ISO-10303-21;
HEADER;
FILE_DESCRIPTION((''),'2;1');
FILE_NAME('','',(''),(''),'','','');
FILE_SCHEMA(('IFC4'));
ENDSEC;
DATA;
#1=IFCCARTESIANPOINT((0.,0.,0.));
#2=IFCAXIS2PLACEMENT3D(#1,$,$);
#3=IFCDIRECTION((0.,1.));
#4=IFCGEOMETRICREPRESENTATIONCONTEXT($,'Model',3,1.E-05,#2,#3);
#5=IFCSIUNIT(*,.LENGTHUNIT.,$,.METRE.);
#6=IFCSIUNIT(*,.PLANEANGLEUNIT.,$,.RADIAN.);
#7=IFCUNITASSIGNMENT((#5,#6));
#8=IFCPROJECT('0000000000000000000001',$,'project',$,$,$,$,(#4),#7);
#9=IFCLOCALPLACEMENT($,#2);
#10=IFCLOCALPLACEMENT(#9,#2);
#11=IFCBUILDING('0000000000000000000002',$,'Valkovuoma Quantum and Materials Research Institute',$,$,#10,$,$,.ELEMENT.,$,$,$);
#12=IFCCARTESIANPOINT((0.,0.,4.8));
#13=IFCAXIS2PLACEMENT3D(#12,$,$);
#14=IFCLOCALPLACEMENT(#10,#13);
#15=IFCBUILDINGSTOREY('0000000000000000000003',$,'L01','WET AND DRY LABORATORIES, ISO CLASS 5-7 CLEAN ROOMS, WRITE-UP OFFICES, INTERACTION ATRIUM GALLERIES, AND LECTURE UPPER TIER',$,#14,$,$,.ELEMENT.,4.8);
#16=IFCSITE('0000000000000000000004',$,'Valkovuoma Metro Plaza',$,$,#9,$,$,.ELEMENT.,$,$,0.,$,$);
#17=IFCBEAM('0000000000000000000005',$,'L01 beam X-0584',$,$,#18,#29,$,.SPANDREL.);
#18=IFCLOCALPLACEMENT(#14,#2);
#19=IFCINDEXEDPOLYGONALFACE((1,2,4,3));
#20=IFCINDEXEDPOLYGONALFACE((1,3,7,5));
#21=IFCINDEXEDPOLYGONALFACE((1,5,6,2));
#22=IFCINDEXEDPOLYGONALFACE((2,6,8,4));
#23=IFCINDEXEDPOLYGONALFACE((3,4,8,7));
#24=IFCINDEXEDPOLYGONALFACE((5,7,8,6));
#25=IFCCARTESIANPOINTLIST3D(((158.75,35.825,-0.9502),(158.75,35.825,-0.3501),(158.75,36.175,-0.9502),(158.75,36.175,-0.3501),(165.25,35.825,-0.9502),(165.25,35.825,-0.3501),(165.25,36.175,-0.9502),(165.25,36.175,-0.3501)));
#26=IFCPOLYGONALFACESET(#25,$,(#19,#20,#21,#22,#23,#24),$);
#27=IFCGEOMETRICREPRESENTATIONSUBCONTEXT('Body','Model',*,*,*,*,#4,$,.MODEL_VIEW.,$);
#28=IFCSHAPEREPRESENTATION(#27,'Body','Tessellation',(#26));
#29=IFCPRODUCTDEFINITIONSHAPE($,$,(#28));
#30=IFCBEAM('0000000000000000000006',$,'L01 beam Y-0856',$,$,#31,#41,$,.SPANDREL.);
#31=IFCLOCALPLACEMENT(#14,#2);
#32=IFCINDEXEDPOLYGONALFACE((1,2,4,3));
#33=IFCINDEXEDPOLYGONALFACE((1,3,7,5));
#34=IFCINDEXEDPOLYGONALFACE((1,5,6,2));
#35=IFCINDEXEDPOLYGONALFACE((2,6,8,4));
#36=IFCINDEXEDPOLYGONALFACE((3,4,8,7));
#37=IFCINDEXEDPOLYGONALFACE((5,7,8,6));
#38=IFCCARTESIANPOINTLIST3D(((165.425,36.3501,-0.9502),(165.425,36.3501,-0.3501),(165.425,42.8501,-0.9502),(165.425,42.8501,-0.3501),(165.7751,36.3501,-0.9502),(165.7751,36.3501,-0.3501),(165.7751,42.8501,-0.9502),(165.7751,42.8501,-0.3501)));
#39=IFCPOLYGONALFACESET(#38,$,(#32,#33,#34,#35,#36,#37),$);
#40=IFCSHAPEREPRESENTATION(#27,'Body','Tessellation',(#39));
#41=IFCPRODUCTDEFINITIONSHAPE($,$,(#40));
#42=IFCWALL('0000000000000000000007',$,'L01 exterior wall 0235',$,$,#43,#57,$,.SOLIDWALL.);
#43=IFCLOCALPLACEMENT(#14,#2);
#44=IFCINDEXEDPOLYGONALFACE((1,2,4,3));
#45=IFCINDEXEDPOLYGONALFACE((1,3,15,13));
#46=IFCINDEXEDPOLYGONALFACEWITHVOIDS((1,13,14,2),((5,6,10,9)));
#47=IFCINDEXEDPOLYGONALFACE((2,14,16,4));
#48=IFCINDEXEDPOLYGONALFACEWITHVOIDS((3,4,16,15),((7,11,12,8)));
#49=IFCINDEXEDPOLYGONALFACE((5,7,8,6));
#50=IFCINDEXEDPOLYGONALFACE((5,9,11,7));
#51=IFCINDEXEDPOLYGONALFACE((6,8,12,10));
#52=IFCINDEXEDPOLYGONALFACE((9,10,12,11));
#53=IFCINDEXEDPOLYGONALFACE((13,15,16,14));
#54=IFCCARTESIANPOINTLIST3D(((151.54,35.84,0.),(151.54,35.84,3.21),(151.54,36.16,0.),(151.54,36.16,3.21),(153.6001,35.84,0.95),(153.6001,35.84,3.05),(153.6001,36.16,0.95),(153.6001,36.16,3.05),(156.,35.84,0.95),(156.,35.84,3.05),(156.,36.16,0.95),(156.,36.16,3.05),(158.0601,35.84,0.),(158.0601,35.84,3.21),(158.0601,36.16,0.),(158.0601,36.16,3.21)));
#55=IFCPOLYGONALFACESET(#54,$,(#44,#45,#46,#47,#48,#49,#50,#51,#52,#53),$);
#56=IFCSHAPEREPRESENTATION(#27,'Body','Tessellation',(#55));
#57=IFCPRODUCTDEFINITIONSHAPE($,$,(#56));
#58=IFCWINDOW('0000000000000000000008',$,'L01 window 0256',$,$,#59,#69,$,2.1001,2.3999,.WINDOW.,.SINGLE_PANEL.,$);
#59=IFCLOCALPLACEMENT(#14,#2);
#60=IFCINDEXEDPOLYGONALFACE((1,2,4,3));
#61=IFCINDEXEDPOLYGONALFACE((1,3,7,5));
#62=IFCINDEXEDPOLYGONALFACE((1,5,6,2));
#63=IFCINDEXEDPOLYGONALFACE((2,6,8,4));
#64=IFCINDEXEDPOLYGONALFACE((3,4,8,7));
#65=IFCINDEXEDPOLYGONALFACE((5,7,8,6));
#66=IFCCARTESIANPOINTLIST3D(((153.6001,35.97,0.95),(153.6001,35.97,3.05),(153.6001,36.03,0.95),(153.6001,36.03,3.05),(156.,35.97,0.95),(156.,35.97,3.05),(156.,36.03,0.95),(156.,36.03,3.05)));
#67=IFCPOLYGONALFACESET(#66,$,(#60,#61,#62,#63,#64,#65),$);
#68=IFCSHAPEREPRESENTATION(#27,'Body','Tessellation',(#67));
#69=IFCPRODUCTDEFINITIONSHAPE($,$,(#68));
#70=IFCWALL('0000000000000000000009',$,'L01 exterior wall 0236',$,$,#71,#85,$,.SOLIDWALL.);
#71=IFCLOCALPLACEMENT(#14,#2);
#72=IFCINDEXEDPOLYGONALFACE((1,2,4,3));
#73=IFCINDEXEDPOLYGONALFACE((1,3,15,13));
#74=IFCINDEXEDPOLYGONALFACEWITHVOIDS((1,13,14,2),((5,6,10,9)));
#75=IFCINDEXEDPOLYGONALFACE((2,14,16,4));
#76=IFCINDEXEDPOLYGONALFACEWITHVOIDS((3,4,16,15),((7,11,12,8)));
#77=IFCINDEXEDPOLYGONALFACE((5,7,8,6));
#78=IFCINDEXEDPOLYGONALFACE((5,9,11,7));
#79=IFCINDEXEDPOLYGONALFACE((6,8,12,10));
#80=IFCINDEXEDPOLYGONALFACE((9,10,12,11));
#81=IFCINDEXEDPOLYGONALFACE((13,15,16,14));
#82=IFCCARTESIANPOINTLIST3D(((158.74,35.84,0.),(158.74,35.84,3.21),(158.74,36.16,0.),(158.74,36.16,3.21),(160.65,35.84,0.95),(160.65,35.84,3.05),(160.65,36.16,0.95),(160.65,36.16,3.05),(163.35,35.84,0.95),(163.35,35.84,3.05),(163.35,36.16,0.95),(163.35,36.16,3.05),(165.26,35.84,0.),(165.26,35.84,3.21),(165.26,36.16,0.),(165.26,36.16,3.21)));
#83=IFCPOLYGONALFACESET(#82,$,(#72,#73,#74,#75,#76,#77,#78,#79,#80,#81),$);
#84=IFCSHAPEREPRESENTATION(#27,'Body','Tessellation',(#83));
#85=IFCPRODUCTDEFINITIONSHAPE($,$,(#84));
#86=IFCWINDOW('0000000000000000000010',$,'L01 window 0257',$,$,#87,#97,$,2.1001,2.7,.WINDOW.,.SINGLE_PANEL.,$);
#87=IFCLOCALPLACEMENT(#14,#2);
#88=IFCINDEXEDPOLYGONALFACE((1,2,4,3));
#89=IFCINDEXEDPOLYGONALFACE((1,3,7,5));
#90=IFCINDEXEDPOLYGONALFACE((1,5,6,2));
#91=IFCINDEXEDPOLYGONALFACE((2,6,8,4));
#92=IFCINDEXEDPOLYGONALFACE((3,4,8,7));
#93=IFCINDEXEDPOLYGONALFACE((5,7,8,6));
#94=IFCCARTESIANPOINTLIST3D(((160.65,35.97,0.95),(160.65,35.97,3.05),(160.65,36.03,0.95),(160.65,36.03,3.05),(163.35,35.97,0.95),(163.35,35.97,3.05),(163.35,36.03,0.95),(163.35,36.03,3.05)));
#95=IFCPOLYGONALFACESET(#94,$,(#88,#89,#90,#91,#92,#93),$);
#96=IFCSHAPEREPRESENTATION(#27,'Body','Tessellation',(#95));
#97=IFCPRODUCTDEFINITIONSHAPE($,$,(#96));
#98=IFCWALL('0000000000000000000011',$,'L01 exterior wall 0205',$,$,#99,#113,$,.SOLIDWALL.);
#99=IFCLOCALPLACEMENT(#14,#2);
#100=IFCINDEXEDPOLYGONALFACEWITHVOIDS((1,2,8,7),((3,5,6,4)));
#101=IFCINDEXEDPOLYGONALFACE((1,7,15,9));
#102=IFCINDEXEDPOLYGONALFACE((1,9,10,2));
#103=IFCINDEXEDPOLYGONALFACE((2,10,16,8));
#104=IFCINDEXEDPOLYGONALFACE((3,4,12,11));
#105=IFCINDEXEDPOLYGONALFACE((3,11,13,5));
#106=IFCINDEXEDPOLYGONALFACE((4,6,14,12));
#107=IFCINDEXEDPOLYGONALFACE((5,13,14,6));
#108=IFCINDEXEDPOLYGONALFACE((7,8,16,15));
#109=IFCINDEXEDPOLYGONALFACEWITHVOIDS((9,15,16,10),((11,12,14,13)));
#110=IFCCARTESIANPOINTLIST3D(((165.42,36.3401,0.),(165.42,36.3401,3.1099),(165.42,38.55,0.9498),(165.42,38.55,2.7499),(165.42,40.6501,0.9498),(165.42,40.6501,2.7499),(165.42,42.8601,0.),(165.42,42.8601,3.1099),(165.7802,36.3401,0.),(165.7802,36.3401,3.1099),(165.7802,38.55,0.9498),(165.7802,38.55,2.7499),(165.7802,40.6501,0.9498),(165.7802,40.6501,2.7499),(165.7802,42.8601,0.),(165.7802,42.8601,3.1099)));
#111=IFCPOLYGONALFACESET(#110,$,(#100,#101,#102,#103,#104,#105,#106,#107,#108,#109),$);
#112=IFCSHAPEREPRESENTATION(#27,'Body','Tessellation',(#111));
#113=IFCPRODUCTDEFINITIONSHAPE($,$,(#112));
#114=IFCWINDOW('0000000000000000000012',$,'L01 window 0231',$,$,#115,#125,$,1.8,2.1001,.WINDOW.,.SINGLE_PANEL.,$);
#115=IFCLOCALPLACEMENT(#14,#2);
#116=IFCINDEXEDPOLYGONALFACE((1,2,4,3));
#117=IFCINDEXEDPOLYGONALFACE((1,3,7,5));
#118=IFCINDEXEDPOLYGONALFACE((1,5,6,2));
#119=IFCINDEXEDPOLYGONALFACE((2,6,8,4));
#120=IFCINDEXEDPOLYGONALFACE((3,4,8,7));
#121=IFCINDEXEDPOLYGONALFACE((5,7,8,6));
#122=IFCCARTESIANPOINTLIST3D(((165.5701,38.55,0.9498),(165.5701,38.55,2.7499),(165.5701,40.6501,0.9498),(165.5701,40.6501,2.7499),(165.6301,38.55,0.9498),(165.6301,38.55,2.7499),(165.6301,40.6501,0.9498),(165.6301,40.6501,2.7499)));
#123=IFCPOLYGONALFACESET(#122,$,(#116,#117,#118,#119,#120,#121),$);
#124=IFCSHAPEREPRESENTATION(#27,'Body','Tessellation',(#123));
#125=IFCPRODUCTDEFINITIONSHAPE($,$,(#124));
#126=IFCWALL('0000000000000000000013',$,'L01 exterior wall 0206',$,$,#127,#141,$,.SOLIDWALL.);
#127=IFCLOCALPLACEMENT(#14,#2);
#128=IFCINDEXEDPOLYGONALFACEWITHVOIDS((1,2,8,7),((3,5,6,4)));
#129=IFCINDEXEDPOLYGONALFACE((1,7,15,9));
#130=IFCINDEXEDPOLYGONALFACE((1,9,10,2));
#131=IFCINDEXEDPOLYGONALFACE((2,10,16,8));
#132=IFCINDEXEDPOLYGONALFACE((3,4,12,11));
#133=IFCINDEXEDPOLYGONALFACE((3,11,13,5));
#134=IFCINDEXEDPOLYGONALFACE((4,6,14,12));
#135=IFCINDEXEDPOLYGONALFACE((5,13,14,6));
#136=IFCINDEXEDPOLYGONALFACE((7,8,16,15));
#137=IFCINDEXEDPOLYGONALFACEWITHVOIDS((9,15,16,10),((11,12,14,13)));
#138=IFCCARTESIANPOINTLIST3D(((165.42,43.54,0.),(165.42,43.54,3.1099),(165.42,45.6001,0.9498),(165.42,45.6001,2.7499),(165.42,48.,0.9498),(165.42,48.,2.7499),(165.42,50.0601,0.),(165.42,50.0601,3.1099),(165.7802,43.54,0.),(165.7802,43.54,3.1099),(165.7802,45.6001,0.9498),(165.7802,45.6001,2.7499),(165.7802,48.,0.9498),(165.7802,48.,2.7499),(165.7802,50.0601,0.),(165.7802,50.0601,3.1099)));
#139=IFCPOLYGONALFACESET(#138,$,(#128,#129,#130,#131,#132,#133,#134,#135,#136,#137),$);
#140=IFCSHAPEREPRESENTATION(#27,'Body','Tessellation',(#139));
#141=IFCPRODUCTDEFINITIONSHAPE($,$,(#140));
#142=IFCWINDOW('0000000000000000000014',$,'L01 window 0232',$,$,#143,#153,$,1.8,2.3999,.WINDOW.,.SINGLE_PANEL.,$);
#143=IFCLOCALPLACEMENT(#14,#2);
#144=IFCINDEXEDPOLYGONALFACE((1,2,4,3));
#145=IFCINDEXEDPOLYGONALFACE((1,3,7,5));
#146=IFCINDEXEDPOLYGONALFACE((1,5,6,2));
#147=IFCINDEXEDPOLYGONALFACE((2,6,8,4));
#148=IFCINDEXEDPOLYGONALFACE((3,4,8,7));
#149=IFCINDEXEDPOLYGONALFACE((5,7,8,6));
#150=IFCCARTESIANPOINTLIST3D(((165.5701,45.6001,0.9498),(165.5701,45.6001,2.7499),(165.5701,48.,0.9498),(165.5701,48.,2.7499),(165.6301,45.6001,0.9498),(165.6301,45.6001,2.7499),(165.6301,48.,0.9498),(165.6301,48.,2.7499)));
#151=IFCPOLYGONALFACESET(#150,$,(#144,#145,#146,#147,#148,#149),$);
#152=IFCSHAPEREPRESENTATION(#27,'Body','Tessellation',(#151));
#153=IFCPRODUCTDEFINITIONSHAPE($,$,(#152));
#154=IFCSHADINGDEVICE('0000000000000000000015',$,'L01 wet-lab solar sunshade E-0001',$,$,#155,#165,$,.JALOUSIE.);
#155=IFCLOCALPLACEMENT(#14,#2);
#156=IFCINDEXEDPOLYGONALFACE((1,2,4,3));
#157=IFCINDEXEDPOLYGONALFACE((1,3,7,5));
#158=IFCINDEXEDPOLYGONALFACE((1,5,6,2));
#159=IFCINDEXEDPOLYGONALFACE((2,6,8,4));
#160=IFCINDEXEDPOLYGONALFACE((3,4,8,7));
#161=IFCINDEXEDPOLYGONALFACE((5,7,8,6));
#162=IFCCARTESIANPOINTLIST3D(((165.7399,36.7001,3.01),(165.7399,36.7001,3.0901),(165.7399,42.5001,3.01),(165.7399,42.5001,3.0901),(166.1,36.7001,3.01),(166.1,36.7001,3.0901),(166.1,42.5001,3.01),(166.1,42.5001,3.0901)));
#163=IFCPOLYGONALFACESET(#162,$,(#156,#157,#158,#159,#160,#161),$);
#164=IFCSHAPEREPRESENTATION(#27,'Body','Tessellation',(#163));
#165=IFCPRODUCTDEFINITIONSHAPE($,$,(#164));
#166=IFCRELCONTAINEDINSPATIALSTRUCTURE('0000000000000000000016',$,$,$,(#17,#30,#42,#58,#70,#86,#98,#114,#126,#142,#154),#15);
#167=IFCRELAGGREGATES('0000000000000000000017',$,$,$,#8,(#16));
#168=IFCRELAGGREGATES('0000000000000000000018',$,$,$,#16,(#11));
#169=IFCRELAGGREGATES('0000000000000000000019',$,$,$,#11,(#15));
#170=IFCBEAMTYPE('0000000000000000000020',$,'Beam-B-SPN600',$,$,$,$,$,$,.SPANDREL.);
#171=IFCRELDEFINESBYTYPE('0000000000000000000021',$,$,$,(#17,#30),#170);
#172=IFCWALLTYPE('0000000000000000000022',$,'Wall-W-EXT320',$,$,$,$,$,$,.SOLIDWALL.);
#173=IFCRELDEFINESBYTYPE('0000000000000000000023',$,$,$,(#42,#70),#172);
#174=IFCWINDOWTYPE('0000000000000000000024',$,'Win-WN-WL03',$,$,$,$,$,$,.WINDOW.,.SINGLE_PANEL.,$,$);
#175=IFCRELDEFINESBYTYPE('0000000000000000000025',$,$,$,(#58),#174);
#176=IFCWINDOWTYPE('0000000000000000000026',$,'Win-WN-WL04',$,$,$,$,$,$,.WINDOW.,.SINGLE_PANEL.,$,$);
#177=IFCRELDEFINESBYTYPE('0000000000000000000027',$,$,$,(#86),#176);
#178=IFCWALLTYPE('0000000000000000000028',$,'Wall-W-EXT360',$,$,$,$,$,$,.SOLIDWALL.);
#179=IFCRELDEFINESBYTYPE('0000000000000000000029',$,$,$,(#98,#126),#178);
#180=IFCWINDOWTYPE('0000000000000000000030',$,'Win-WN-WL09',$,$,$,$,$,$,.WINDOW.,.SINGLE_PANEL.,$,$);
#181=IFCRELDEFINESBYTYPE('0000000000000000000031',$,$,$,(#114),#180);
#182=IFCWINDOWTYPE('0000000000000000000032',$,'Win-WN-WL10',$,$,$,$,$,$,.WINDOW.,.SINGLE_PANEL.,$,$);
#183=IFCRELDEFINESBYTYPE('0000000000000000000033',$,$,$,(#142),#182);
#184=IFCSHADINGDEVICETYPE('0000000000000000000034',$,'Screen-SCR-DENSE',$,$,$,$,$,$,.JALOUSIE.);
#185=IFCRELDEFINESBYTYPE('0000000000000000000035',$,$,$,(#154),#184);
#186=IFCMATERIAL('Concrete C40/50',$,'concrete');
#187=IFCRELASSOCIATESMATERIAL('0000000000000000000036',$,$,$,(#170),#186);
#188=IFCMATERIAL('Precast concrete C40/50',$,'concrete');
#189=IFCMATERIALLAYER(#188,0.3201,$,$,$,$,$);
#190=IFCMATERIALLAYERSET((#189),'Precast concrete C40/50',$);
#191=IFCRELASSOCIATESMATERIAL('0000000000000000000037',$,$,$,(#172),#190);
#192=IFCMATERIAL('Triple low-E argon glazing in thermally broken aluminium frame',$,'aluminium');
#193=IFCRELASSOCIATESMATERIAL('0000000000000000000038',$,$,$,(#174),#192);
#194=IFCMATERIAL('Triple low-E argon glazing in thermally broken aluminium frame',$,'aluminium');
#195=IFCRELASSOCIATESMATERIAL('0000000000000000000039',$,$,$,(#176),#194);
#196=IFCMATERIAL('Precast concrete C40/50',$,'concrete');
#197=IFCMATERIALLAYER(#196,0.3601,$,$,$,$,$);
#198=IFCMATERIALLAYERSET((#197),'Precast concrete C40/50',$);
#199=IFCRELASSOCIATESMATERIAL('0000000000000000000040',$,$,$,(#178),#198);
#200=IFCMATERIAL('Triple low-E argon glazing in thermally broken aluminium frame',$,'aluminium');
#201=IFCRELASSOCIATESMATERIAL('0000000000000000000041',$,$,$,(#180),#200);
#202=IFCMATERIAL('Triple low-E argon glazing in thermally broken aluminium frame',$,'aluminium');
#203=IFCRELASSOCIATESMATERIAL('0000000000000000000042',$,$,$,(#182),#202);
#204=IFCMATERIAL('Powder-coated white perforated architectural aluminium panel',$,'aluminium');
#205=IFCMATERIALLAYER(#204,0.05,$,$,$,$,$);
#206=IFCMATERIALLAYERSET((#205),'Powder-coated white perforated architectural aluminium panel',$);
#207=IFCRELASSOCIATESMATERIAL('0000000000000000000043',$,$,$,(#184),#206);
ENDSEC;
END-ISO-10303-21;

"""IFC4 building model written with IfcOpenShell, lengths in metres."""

from ifc_helpers import new_model, si_unit, direction, frame, frame_2d, origin, origin_2d, place, context, subcontext, project, spatial, rectangle, extrude, material, layer, layer_set, material_profile, profile_set, type_object, element, fill, save


model = new_model("IFC4")

# Units and contexts
model_context = context("Model", 3, precision=1e-05, world=origin(), true_north=direction((0.0, 1.0)))
body_context = subcontext(model_context, "Body", "Model", "MODEL_VIEW")
ifc_project = project(units=[si_unit("LENGTHUNIT", "METRE"), si_unit("PLANEANGLEUNIT", "RADIAN")], contexts=[model_context])

# Site, building, storey
site_placement = place(None, origin())
site = spatial("IfcSite", under=ifc_project, at=site_placement, Name="Valkovuoma Metro Plaza", CompositionType="ELEMENT", RefElevation=0.0)
building_placement = place(site_placement, origin())
building = spatial("IfcBuilding", under=site, at=building_placement, Name="Valkovuoma Quantum and Materials Research Institute", CompositionType="ELEMENT")
storey_placement = place(building_placement, frame((0.0, 0.0, 4.8)))
storey = spatial("IfcBuildingStorey", under=building, at=storey_placement, Name="L01", Description="WET AND DRY LABORATORIES, ISO CLASS 5-7 CLEAN ROOMS, WRITE-UP OFFICES, INTERACTION ATRIUM GALLERIES, AND LECTURE UPPER TIER", CompositionType="ELEMENT", Elevation=4.8)

# Beams
ifc_material_1 = material(Name="Concrete C40/50", Category="concrete")
ifc_material_profile_1 = material_profile(ifc_material_1, rectangle(XDim=0.3501, YDim=0.6001, at=origin_2d()), Name="Concrete C40/50")
ifc_profile_set_1 = profile_set([ifc_material_profile_1], Name="Concrete C40/50")
beam_type_1 = type_object("IfcBeamType", Name="Beam-B-SPN600", PredefinedType="SPANDREL", material=ifc_profile_set_1)
for number, where, z_axis, x_axis, name in (
    (1, (158.75, 36.0, -0.6501), (1.0, 0.0, 0.0), (0.0, 1.0, 0.0), "L01 beam X-0584"),
    (2, (165.6001, 36.3501, -0.6501), (0.0, 1.0, 0.0), (-1.0, 0.0, 0.0), "L01 beam Y-0856"),
):
    element("IfcBeam", number, at=place(storey_placement, frame(where, z_axis=z_axis, x_axis=x_axis)), inside=storey, type_object=beam_type_1, Name=name, PredefinedType="SPANDREL", context=body_context, shape_type="SweptSolid", body=[
        extrude(rectangle(XDim=0.3501, YDim=0.6001, at=origin_2d()), origin(), (0.0, 0.0, 1.0), 6.5),
    ])

# Walls, openings, windows
ifc_material_2 = material(Name="Precast concrete C40/50", Category="concrete")
ifc_layer_1 = layer(ifc_material_2, 0.3201)
ifc_layer_set_1 = layer_set([ifc_layer_1], Name="Precast concrete C40/50")
wall_type_1 = type_object("IfcWallType", Name="Wall-W-EXT320", PredefinedType="SOLIDWALL", material=ifc_layer_set_1)
wall_1_placement = place(storey_placement, frame((151.54, 36.0, 0.0), z_axis=(0.0, 0.0, 1.0), x_axis=(1.0, 0.0, 0.0)))
wall_1 = element("IfcWall", 3, at=wall_1_placement, inside=storey, type_object=wall_type_1, Name="L01 exterior wall 0235", PredefinedType="SOLIDWALL", context=body_context, shape_type="SweptSolid", body=[
    extrude(rectangle(XDim=6.52, YDim=0.3201, at=frame_2d((3.26, 0.0))), origin(), (0.0, 0.0, 1.0), 3.21),
])
opening_1_placement = place(wall_1_placement, frame((2.0601, 0.0, 0.95)))
opening_1 = element("IfcOpeningElement", 4, at=opening_1_placement, cuts=wall_1, PredefinedType="OPENING", context=body_context, shape_type="SweptSolid", body=[
    extrude(rectangle(XDim=2.3999, YDim=2.1001, at=frame_2d((1.2, 1.05))), frame((0.0, 0.1699, 0.0), z_axis=(0.0, -1.0, 0.0), x_axis=(1.0, 0.0, 0.0)), (0.0, 0.0, 1.0), 0.3401),
])
ifc_material_3 = material(Name="Triple low-E argon glazing in thermally broken aluminium frame", Category="aluminium")
window_type_1 = type_object("IfcWindowType", Name="Win-WN-WL03", PartitioningType="SINGLE_PANEL", PredefinedType="WINDOW", material=ifc_material_3)
window_1_placement = place(opening_1_placement, origin())
window_1 = element("IfcWindow", 5, at=window_1_placement, inside=storey, type_object=window_type_1, Name="L01 window 0256", OverallHeight=2.1001, OverallWidth=2.3999, PartitioningType="SINGLE_PANEL", PredefinedType="WINDOW", context=body_context, shape_type="SweptSolid", body=[
    extrude(rectangle(XDim=2.3999, YDim=2.1001, at=frame_2d((1.2, 1.05))), frame((0.0, 0.03, 0.0), z_axis=(0.0, -1.0, 0.0), x_axis=(1.0, 0.0, 0.0)), (0.0, 0.0, 1.0), 0.0601),
])
fill(opening_1, window_1)
wall_2_placement = place(storey_placement, frame((158.74, 36.0, 0.0), z_axis=(0.0, 0.0, 1.0), x_axis=(1.0, 0.0, 0.0)))
wall_2 = element("IfcWall", 6, at=wall_2_placement, inside=storey, type_object=wall_type_1, Name="L01 exterior wall 0236", PredefinedType="SOLIDWALL", context=body_context, shape_type="SweptSolid", body=[
    extrude(rectangle(XDim=6.52, YDim=0.3201, at=frame_2d((3.26, 0.0))), origin(), (0.0, 0.0, 1.0), 3.21),
])
opening_2_placement = place(wall_2_placement, frame((1.9099, 0.0, 0.95)))
opening_2 = element("IfcOpeningElement", 7, at=opening_2_placement, cuts=wall_2, PredefinedType="OPENING", context=body_context, shape_type="SweptSolid", body=[
    extrude(rectangle(XDim=2.7, YDim=2.1001, at=frame_2d((1.3501, 1.05))), frame((0.0, 0.1699, 0.0), z_axis=(0.0, -1.0, 0.0), x_axis=(1.0, 0.0, 0.0)), (0.0, 0.0, 1.0), 0.3401),
])
ifc_material_4 = material(Name="Triple low-E argon glazing in thermally broken aluminium frame", Category="aluminium")
window_type_2 = type_object("IfcWindowType", Name="Win-WN-WL04", PartitioningType="SINGLE_PANEL", PredefinedType="WINDOW", material=ifc_material_4)
window_2_placement = place(opening_2_placement, origin())
window_2 = element("IfcWindow", 8, at=window_2_placement, inside=storey, type_object=window_type_2, Name="L01 window 0257", OverallHeight=2.1001, OverallWidth=2.7, PartitioningType="SINGLE_PANEL", PredefinedType="WINDOW", context=body_context, shape_type="SweptSolid", body=[
    extrude(rectangle(XDim=2.7, YDim=2.1001, at=frame_2d((1.3501, 1.05))), frame((0.0, 0.03, 0.0), z_axis=(0.0, -1.0, 0.0), x_axis=(1.0, 0.0, 0.0)), (0.0, 0.0, 1.0), 0.0601),
])
fill(opening_2, window_2)
ifc_material_5 = material(Name="Precast concrete C40/50", Category="concrete")
ifc_layer_2 = layer(ifc_material_5, 0.3601)
ifc_layer_set_2 = layer_set([ifc_layer_2], Name="Precast concrete C40/50")
wall_type_2 = type_object("IfcWallType", Name="Wall-W-EXT360", PredefinedType="SOLIDWALL", material=ifc_layer_set_2)
wall_3_placement = place(storey_placement, frame((165.6001, 36.3401, 0.0), z_axis=(0.0, 0.0, 1.0), x_axis=(0.0, 1.0, 0.0)))
wall_3 = element("IfcWall", 9, at=wall_3_placement, inside=storey, type_object=wall_type_2, Name="L01 exterior wall 0205", PredefinedType="SOLIDWALL", context=body_context, shape_type="SweptSolid", body=[
    extrude(rectangle(XDim=6.52, YDim=0.3601, at=frame_2d((3.26, 0.0))), origin(), (0.0, 0.0, 1.0), 3.1099),
])
opening_3_placement = place(wall_3_placement, frame((2.21, 0.0, 0.95)))
opening_3 = element("IfcOpeningElement", 10, at=opening_3_placement, cuts=wall_3, PredefinedType="OPENING", context=body_context, shape_type="SweptSolid", body=[
    extrude(rectangle(XDim=2.1001, YDim=1.8, at=frame_2d((1.05, 0.8999))), frame((0.0, 0.1899, 0.0), z_axis=(0.0, -1.0, 0.0), x_axis=(1.0, 0.0, 0.0)), (0.0, 0.0, 1.0), 0.3801),
])
ifc_material_6 = material(Name="Triple low-E argon glazing in thermally broken aluminium frame", Category="aluminium")
window_type_3 = type_object("IfcWindowType", Name="Win-WN-WL09", PartitioningType="SINGLE_PANEL", PredefinedType="WINDOW", material=ifc_material_6)
window_3_placement = place(opening_3_placement, origin())
window_3 = element("IfcWindow", 11, at=window_3_placement, inside=storey, type_object=window_type_3, Name="L01 window 0231", OverallHeight=1.8, OverallWidth=2.1001, PartitioningType="SINGLE_PANEL", PredefinedType="WINDOW", context=body_context, shape_type="SweptSolid", body=[
    extrude(rectangle(XDim=2.1001, YDim=1.8, at=frame_2d((1.05, 0.8999))), frame((0.0, 0.03, 0.0), z_axis=(0.0, -1.0, 0.0), x_axis=(1.0, 0.0, 0.0)), (0.0, 0.0, 1.0), 0.0601),
])
fill(opening_3, window_3)
wall_4_placement = place(storey_placement, frame((165.6001, 43.54, 0.0), z_axis=(0.0, 0.0, 1.0), x_axis=(0.0, 1.0, 0.0)))
wall_4 = element("IfcWall", 12, at=wall_4_placement, inside=storey, type_object=wall_type_2, Name="L01 exterior wall 0206", PredefinedType="SOLIDWALL", context=body_context, shape_type="SweptSolid", body=[
    extrude(rectangle(XDim=6.52, YDim=0.3601, at=frame_2d((3.26, 0.0))), origin(), (0.0, 0.0, 1.0), 3.1099),
])
opening_4_placement = place(wall_4_placement, frame((2.0601, 0.0, 0.95)))
opening_4 = element("IfcOpeningElement", 13, at=opening_4_placement, cuts=wall_4, PredefinedType="OPENING", context=body_context, shape_type="SweptSolid", body=[
    extrude(rectangle(XDim=2.3999, YDim=1.8, at=frame_2d((1.2, 0.8999))), frame((0.0, 0.1899, 0.0), z_axis=(0.0, -1.0, 0.0), x_axis=(1.0, 0.0, 0.0)), (0.0, 0.0, 1.0), 0.3801),
])
ifc_material_7 = material(Name="Triple low-E argon glazing in thermally broken aluminium frame", Category="aluminium")
window_type_4 = type_object("IfcWindowType", Name="Win-WN-WL10", PartitioningType="SINGLE_PANEL", PredefinedType="WINDOW", material=ifc_material_7)
window_4_placement = place(opening_4_placement, origin())
window_4 = element("IfcWindow", 14, at=window_4_placement, inside=storey, type_object=window_type_4, Name="L01 window 0232", OverallHeight=1.8, OverallWidth=2.3999, PartitioningType="SINGLE_PANEL", PredefinedType="WINDOW", context=body_context, shape_type="SweptSolid", body=[
    extrude(rectangle(XDim=2.3999, YDim=1.8, at=frame_2d((1.2, 0.8999))), frame((0.0, 0.03, 0.0), z_axis=(0.0, -1.0, 0.0), x_axis=(1.0, 0.0, 0.0)), (0.0, 0.0, 1.0), 0.0601),
])
fill(opening_4, window_4)

# Shading device
ifc_material_8 = material(Name="Powder-coated white perforated architectural aluminium panel", Category="aluminium")
ifc_layer_3 = layer(ifc_material_8, 0.05)
ifc_layer_set_3 = layer_set([ifc_layer_3], Name="Powder-coated white perforated architectural aluminium panel")
shading_device_type = type_object("IfcShadingDeviceType", Name="Screen-SCR-DENSE", PredefinedType="JALOUSIE", material=ifc_layer_set_3)
shading_device_placement = place(storey_placement, frame((165.9199, 39.6001, 3.01), z_axis=(0.0, 0.0, 1.0), x_axis=(1.0, 0.0, 0.0)))
element("IfcShadingDevice", 15, at=shading_device_placement, inside=storey, type_object=shading_device_type, Name="L01 wet-lab solar sunshade E-0001", PredefinedType="JALOUSIE", context=body_context, shape_type="SweptSolid", body=[
    extrude(rectangle(XDim=0.3601, YDim=5.8, at=origin_2d()), origin(), (0.0, 0.0, 1.0), 0.0801),
])

save(model, "model.ifc")
